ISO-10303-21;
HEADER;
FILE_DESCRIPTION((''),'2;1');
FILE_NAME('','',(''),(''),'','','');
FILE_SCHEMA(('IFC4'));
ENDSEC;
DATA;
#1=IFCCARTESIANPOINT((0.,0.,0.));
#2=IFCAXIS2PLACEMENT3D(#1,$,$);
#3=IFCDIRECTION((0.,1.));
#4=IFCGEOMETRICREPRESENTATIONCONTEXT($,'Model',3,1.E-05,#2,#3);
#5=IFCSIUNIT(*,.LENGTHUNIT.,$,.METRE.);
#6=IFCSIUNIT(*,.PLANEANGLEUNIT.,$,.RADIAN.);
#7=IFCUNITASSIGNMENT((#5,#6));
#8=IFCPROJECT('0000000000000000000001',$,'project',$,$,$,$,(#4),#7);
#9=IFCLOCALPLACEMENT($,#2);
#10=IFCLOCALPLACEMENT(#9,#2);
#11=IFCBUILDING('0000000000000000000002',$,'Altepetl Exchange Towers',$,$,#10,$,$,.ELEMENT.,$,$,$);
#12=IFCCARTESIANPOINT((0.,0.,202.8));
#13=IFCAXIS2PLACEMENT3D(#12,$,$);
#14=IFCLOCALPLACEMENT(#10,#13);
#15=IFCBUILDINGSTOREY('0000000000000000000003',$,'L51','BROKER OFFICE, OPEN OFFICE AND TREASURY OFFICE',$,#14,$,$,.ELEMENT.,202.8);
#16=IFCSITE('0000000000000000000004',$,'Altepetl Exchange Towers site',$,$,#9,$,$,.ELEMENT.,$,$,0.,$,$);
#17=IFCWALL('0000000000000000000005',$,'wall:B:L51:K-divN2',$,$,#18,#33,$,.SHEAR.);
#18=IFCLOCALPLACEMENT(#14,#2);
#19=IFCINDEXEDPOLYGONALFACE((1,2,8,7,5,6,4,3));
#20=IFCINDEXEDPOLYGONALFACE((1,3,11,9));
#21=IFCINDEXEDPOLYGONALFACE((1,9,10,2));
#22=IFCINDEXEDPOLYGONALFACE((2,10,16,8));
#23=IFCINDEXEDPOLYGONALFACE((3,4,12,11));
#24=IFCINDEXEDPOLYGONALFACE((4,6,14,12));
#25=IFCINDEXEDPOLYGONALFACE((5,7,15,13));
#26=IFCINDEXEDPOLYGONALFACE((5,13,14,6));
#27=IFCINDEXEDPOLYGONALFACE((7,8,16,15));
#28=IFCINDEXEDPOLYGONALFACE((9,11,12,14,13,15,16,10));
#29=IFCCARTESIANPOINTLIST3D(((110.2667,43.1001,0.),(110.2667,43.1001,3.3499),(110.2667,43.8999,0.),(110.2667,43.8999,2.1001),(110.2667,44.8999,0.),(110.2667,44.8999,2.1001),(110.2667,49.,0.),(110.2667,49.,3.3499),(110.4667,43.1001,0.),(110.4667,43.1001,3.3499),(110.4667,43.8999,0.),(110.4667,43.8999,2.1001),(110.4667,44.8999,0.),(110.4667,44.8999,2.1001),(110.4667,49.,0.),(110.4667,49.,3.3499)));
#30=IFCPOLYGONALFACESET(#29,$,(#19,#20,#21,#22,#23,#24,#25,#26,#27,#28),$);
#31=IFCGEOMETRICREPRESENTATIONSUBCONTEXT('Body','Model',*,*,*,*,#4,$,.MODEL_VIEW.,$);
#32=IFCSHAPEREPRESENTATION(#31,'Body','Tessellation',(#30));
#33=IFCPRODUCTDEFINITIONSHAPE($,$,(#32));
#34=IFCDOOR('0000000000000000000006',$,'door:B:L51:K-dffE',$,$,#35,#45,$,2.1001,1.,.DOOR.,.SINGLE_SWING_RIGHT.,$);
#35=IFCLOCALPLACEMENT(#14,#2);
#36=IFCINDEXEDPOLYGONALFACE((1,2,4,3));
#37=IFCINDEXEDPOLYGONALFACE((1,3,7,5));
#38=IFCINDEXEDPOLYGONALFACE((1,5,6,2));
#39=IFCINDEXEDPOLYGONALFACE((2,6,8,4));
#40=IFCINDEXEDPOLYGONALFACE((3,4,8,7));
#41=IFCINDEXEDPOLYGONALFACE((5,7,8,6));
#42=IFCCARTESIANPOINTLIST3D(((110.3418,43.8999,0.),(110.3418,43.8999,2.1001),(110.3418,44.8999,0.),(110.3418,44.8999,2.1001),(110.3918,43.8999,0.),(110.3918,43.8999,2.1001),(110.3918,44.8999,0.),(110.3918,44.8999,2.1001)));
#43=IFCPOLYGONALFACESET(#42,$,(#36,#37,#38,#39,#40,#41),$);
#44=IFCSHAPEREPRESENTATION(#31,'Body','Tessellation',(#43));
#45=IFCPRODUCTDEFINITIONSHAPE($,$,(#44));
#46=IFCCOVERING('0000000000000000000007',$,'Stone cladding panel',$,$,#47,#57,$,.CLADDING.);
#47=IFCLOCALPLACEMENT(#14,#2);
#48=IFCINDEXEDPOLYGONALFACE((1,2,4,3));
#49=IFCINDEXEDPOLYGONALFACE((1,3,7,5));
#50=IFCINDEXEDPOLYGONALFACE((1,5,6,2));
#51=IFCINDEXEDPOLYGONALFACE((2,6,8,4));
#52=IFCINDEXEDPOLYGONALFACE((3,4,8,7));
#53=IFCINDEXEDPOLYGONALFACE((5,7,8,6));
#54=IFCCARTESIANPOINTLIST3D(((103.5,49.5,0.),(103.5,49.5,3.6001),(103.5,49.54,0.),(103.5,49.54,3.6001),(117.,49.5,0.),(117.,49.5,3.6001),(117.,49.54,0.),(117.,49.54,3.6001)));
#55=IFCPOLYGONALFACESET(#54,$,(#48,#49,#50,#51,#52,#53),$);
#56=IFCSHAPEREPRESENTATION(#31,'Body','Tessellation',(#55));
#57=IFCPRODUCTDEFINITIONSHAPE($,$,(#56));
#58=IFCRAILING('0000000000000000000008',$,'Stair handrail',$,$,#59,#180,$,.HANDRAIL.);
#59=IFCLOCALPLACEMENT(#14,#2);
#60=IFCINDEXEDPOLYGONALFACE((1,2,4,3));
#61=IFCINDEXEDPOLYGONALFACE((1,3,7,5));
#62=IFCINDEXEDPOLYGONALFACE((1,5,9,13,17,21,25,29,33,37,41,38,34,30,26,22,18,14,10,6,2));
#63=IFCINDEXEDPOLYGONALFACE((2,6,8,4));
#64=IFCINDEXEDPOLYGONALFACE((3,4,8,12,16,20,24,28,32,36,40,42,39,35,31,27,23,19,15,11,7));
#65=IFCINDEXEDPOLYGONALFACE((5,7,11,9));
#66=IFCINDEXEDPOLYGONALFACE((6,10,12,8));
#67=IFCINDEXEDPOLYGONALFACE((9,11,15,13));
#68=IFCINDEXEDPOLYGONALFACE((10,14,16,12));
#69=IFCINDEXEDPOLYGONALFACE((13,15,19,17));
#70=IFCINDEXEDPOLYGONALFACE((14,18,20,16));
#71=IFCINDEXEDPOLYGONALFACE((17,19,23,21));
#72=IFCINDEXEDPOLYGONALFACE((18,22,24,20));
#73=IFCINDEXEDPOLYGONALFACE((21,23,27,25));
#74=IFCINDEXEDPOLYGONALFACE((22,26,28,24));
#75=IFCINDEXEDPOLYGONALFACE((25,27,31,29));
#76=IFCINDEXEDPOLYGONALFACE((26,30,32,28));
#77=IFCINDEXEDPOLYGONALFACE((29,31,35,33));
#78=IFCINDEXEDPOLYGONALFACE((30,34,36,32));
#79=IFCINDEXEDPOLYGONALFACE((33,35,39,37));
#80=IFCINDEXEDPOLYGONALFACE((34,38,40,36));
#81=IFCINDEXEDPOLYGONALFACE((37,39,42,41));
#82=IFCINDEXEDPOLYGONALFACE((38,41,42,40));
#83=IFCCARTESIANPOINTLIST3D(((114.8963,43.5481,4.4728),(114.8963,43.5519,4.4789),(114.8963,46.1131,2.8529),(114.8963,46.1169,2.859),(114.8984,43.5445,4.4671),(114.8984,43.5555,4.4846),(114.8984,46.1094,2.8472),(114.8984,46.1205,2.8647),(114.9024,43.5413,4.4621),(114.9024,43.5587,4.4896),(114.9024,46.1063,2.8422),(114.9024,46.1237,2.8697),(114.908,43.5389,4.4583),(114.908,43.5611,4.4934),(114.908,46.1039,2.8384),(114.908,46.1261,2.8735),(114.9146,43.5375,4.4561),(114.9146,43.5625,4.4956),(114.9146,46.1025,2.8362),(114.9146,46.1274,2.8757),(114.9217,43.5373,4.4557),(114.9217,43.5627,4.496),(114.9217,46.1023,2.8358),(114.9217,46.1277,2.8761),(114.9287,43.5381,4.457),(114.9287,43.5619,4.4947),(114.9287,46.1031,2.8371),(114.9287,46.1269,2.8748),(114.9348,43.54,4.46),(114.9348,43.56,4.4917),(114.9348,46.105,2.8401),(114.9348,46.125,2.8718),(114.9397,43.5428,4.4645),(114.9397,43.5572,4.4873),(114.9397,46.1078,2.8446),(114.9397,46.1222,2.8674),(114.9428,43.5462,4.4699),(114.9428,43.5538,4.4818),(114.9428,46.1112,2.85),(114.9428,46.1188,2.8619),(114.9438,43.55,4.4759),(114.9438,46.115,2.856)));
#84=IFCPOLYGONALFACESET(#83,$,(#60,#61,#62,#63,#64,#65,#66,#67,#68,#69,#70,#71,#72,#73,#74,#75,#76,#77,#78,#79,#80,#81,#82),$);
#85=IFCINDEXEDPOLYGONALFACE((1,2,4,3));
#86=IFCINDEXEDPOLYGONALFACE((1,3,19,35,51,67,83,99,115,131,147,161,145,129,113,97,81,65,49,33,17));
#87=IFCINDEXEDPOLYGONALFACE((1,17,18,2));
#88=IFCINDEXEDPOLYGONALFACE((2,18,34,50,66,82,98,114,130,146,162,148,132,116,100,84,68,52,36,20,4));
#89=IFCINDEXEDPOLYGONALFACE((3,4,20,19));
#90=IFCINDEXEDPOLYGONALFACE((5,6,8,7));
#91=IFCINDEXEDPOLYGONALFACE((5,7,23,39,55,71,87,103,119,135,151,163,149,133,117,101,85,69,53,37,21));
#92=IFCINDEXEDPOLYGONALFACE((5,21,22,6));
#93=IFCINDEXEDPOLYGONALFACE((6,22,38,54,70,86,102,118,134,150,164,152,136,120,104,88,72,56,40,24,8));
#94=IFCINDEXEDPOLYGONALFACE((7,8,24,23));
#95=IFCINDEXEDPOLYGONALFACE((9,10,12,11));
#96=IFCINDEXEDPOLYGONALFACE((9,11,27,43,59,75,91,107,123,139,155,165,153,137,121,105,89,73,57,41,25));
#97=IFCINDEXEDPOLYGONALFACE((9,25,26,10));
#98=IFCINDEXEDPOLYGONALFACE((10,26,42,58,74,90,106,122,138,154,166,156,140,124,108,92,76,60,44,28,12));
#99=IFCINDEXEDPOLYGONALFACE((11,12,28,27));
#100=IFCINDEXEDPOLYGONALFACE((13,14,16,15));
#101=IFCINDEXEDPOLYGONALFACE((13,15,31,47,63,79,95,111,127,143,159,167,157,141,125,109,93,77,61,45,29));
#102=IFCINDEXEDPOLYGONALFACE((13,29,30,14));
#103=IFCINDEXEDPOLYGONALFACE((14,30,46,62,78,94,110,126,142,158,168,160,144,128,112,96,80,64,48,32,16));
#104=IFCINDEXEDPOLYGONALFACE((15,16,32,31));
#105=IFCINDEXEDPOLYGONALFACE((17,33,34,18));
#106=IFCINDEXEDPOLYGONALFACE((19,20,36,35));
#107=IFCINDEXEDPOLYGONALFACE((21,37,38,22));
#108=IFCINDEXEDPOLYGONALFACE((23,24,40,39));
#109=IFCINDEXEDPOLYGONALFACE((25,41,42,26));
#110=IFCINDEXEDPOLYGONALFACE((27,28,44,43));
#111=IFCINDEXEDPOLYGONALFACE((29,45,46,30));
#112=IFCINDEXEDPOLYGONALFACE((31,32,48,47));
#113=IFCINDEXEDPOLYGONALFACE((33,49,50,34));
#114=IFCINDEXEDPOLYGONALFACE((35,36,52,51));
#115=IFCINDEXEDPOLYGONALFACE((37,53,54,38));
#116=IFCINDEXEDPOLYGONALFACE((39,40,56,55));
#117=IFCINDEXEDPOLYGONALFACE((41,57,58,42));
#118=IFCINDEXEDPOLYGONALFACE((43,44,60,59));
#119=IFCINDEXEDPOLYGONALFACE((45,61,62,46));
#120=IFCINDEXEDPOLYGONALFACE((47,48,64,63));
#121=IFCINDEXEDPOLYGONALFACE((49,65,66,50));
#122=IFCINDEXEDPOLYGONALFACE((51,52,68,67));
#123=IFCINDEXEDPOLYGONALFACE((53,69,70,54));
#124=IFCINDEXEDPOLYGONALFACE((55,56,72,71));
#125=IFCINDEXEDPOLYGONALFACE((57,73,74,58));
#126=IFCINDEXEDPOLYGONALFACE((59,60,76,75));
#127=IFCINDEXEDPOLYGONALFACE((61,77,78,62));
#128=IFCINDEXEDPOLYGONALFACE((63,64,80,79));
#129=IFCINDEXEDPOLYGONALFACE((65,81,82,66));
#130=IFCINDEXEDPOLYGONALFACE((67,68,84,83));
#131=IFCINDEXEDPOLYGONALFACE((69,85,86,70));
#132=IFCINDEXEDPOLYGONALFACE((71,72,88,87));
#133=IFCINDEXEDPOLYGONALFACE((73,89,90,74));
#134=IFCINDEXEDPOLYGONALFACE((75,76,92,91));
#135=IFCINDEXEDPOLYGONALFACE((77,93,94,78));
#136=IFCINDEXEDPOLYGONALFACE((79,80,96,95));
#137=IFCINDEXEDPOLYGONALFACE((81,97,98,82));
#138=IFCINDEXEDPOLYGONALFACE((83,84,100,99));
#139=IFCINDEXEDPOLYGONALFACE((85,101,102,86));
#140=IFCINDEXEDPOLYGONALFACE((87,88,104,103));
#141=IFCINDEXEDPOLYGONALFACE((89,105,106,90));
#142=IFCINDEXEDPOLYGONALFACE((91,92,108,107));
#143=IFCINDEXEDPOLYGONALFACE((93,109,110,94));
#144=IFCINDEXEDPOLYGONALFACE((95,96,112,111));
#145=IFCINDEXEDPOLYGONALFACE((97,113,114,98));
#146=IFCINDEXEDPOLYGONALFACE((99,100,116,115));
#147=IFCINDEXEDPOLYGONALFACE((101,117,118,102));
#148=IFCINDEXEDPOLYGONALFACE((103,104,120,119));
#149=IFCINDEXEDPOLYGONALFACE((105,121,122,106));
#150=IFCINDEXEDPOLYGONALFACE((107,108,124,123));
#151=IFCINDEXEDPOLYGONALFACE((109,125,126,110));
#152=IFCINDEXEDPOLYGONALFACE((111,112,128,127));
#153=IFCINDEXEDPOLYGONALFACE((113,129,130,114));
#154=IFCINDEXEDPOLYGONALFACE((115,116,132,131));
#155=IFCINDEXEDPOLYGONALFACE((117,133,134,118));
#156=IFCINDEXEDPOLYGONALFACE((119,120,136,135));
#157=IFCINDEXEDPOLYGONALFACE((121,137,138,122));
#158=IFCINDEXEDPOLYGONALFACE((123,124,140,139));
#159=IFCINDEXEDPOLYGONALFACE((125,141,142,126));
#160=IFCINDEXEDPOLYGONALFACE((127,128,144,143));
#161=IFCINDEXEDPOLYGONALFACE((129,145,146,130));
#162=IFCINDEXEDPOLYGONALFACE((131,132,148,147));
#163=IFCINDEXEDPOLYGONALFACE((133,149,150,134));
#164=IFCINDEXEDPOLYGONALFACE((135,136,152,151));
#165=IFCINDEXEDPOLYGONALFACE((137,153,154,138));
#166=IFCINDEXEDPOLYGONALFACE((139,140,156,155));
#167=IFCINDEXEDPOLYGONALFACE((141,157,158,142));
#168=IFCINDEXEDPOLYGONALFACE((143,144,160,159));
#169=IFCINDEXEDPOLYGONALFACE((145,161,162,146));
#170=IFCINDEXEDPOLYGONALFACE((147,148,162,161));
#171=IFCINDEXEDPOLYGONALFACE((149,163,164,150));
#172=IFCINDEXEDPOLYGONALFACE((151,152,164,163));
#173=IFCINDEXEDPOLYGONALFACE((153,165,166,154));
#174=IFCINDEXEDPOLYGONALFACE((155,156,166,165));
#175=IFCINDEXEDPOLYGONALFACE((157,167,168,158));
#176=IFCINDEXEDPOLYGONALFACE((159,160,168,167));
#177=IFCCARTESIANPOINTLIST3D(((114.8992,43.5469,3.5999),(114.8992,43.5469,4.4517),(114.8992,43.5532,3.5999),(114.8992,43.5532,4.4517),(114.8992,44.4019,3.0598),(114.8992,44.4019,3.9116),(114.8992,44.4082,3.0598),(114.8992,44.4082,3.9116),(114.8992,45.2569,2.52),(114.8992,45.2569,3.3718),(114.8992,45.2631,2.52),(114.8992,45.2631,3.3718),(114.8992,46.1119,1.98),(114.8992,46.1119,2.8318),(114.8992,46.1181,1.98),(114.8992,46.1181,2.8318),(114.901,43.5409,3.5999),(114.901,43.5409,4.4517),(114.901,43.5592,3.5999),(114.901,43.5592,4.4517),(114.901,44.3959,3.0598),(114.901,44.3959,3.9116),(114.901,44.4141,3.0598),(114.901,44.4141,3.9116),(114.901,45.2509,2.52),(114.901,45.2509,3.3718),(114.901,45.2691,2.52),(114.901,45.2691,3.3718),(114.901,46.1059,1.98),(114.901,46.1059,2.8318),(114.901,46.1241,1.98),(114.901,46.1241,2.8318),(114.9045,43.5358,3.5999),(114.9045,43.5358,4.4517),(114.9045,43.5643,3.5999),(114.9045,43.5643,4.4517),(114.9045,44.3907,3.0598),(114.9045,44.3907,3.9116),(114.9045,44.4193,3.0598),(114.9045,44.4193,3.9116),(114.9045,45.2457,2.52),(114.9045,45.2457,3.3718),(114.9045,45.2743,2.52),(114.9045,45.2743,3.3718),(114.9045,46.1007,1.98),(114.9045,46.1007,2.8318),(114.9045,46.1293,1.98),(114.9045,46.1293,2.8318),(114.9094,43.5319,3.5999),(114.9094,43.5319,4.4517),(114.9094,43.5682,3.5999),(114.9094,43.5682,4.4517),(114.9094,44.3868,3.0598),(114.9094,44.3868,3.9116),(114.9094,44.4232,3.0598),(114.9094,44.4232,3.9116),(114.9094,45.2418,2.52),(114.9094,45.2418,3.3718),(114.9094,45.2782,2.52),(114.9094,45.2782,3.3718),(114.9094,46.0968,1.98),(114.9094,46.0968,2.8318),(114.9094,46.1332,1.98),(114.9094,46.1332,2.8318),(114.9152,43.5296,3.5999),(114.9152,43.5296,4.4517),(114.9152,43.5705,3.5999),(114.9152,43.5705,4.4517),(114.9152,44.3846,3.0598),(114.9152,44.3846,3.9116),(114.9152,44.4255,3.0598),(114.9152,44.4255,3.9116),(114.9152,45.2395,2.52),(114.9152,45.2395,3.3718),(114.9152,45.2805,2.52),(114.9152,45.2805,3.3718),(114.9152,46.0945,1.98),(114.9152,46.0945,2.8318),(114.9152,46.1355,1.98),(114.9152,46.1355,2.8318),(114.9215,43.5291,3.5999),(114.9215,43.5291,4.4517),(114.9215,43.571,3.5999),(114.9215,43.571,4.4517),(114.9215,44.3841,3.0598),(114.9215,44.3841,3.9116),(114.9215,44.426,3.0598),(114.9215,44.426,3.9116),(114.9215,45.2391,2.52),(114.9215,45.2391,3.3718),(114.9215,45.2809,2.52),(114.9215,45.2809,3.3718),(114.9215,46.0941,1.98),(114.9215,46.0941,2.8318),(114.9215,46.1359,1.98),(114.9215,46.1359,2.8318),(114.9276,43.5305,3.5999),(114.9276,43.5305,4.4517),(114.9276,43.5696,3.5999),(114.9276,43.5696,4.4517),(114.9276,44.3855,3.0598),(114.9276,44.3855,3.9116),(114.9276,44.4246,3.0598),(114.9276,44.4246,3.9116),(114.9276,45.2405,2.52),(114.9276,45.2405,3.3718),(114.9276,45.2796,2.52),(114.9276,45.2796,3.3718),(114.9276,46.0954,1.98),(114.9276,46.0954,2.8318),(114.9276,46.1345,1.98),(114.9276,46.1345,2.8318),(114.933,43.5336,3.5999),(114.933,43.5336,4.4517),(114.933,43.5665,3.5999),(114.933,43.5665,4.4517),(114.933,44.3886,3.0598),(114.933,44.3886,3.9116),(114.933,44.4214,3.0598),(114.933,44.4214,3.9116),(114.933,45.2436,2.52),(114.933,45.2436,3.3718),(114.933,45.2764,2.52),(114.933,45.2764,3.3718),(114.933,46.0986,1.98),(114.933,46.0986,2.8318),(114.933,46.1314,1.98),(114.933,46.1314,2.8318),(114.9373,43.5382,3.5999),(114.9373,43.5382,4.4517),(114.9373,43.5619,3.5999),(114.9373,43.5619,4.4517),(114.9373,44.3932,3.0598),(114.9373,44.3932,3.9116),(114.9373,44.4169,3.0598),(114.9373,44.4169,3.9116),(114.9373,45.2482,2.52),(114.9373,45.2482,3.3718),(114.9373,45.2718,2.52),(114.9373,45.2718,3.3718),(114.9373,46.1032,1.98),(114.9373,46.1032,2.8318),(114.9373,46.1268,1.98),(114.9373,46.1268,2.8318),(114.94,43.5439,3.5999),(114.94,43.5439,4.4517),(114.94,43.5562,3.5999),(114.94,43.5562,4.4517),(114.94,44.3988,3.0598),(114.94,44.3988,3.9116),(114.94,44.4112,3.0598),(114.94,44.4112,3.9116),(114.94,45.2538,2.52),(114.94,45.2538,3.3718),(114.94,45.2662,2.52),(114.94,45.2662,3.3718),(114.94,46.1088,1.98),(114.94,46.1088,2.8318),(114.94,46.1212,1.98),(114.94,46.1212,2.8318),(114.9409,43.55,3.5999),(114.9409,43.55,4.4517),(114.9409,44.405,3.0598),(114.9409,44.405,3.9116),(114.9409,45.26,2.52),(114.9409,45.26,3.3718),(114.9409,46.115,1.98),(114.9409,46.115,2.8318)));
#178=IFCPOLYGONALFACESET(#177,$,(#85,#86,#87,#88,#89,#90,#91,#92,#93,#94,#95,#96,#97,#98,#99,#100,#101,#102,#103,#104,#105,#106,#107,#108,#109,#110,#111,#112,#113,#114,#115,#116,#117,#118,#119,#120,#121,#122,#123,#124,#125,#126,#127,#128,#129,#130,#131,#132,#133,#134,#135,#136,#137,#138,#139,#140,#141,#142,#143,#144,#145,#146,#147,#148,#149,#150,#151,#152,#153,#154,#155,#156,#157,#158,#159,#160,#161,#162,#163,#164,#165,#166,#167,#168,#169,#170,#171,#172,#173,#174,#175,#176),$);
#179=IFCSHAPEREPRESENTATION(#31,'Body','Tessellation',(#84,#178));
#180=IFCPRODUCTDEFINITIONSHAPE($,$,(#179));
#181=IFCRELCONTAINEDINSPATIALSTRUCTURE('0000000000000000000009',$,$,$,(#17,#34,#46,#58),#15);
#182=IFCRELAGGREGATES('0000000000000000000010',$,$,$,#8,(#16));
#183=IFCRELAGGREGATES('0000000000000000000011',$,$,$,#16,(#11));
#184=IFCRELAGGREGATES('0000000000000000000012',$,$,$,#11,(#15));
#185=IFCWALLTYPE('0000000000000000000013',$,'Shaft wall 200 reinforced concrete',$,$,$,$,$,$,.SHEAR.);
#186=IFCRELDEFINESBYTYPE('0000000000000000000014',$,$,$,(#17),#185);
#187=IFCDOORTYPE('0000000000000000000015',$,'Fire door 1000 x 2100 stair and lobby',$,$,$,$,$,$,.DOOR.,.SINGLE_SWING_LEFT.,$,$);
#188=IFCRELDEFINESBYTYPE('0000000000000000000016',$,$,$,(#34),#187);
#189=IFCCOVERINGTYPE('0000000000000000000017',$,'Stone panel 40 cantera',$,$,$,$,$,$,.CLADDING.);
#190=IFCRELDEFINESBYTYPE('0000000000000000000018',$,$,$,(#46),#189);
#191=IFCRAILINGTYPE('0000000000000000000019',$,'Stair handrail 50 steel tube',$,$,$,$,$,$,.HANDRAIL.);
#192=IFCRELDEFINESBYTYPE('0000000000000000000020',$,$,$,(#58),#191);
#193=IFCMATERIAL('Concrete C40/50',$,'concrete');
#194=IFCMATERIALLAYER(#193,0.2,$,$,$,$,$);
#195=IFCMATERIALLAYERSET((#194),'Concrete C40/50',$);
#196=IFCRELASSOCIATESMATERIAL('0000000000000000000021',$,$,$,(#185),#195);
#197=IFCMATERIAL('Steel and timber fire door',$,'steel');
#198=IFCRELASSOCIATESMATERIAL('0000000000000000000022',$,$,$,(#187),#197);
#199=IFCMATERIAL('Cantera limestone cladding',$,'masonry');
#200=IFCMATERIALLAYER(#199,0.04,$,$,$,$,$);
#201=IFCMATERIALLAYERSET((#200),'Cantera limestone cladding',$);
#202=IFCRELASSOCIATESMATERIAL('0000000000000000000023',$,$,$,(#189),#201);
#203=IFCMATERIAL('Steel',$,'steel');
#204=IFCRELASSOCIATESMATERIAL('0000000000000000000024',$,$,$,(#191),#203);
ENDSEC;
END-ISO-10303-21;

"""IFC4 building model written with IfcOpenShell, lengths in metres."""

from ifc_helpers import new_model, si_unit, direction, frame, frame_2d, origin, origin_2d, place, context, subcontext, project, spatial, rectangle, circle, extrude, source, transform, mapped, material, layer, layer_set, type_object, element, fill, save


model = new_model("IFC4")

# Units and contexts
model_context = context("Model", 3, precision=1e-05, world=origin(), true_north=direction((0.0, 1.0)))
body_context = subcontext(model_context, "Body", "Model", "MODEL_VIEW")
ifc_project = project(units=[si_unit("LENGTHUNIT", "METRE"), si_unit("PLANEANGLEUNIT", "RADIAN")], contexts=[model_context])

# Site, building, storey
site_placement = place(None, origin())
site = spatial("IfcSite", under=ifc_project, at=site_placement, Name="Altepetl Exchange Towers site", CompositionType="ELEMENT", RefElevation=0.0)
building_placement = place(site_placement, origin())
building = spatial("IfcBuilding", under=site, at=building_placement, Name="Altepetl Exchange Towers", CompositionType="ELEMENT")
storey_placement = place(building_placement, frame((0.0, 0.0, 202.8)))
storey = spatial("IfcBuildingStorey", under=building, at=storey_placement, Name="L51", Description="BROKER OFFICE, OPEN OFFICE AND TREASURY OFFICE", CompositionType="ELEMENT", Elevation=202.8)

# Shared definitions
ifc_material_1 = material(Name="Concrete C40/50", Category="concrete")
ifc_layer_1 = layer(ifc_material_1, 0.2)
ifc_layer_set_1 = layer_set([ifc_layer_1], Name="Concrete C40/50")
wall_type_1 = type_object("IfcWallType", Name="Shaft wall 200 reinforced concrete", PredefinedType="SHEAR", material=ifc_layer_set_1)

# Wall, opening, door
wall_1_placement = place(storey_placement, frame((110.3667, 49.0, 0.0), z_axis=(0.0, 0.0, 1.0), x_axis=(0.0, -1.0, 0.0)))
wall_1 = element("IfcWall", 1, at=wall_1_placement, inside=storey, type_object=wall_type_1, Name="wall:B:L51:K-divN2", PredefinedType="SHEAR", context=body_context, shape_type="SweptSolid", body=[
    extrude(rectangle(XDim=5.8999, YDim=0.2, at=frame_2d((2.95, 0.0))), origin(), (0.0, 0.0, 1.0), 3.3499),
])
opening_placement = place(wall_1_placement, frame((4.1001, 0.0, 0.0)))
opening = element("IfcOpeningElement", 2, at=opening_placement, cuts=wall_1, PredefinedType="OPENING", context=body_context, shape_type="SweptSolid", body=[
    extrude(rectangle(XDim=1.0, YDim=2.1001, at=frame_2d((0.5, 1.05))), frame((0.0, 0.1099, 0.0), z_axis=(0.0, -1.0, 0.0), x_axis=(1.0, 0.0, 0.0)), (0.0, 0.0, 1.0), 0.22),
])
ifc_material_2 = material(Name="Steel and timber fire door", Category="steel")
door_type = type_object("IfcDoorType", Name="Fire door 1000 x 2100 stair and lobby", OperationType="SINGLE_SWING_LEFT", PredefinedType="DOOR", material=ifc_material_2)
door_placement = place(opening_placement, frame((1.0, 0.0, 0.0), x_axis=(-1.0, 0.0, 0.0)))
door = element("IfcDoor", 3, at=door_placement, inside=storey, type_object=door_type, Name="door:B:L51:K-dffE", OperationType="SINGLE_SWING_RIGHT", OverallHeight=2.1001, OverallWidth=1.0, PredefinedType="DOOR", context=body_context, shape_type="SweptSolid", body=[
    extrude(rectangle(XDim=1.0, YDim=2.1001, at=frame_2d((0.5, 1.05))), frame((0.0, 0.0249, 0.0), z_axis=(0.0, -1.0, 0.0), x_axis=(1.0, 0.0, 0.0)), (0.0, 0.0, 1.0), 0.05),
])
fill(opening, door)

# Covering
ifc_material_3 = material(Name="Cantera limestone cladding", Category="masonry")
ifc_layer_2 = layer(ifc_material_3, 0.04)
ifc_layer_set_2 = layer_set([ifc_layer_2], Name="Cantera limestone cladding")
covering_type = type_object("IfcCoveringType", Name="Stone panel 40 cantera", PredefinedType="CLADDING", material=ifc_layer_set_2)
covering_placement = place(storey_placement, frame((110.25, 49.52, 0.0), z_axis=(0.0, 0.0, 1.0), x_axis=(-1.0, 0.0, 0.0)))
element("IfcCovering", 4, at=covering_placement, inside=storey, type_object=covering_type, Name="Stone cladding panel", PredefinedType="CLADDING", context=body_context, shape_type="SweptSolid", body=[
    extrude(rectangle(XDim=13.5, YDim=0.04, at=origin_2d()), origin(), (0.0, 0.0, 1.0), 3.6001),
])

# Railing
ifc_material_4 = material(Name="Steel", Category="steel")
railing_type = type_object("IfcRailingType", Name="Stair handrail 50 steel tube", PredefinedType="HANDRAIL", material=ifc_material_4)
shared_shape = source(origin(), body_context, "Body", "SweptSolid", [
    extrude(circle(Radius=0.021, at=origin_2d()), origin(), (0.0, 0.0, 1.0), 0.8518),
])
railing_placement = place(storey_placement, frame((114.9199, 46.115, 1.98)))
element("IfcRailing", 5, at=railing_placement, inside=storey, type_object=railing_type, Name="Stair handrail", PredefinedType="HANDRAIL", context=body_context, shape_type="SweptSolid", body=[
    extrude(circle(Radius=0.0239, at=origin_2d()), frame((0.0, 0.0, 0.876), z_axis=(0.0, -0.845502, 0.533972), x_axis=(1.0, 0.0, 0.0)), (0.0, 0.0, 1.0), 3.0337),
    mapped(shared_shape, transform((0.0, 0.0, 0.0))),
    mapped(shared_shape, transform((0.0, -0.855, 0.54))),
    mapped(shared_shape, transform((0.0, -1.71, 1.0798))),
    mapped(shared_shape, transform((0.0, -2.5649, 1.6199))),
])

save(model, "model.ifc")
